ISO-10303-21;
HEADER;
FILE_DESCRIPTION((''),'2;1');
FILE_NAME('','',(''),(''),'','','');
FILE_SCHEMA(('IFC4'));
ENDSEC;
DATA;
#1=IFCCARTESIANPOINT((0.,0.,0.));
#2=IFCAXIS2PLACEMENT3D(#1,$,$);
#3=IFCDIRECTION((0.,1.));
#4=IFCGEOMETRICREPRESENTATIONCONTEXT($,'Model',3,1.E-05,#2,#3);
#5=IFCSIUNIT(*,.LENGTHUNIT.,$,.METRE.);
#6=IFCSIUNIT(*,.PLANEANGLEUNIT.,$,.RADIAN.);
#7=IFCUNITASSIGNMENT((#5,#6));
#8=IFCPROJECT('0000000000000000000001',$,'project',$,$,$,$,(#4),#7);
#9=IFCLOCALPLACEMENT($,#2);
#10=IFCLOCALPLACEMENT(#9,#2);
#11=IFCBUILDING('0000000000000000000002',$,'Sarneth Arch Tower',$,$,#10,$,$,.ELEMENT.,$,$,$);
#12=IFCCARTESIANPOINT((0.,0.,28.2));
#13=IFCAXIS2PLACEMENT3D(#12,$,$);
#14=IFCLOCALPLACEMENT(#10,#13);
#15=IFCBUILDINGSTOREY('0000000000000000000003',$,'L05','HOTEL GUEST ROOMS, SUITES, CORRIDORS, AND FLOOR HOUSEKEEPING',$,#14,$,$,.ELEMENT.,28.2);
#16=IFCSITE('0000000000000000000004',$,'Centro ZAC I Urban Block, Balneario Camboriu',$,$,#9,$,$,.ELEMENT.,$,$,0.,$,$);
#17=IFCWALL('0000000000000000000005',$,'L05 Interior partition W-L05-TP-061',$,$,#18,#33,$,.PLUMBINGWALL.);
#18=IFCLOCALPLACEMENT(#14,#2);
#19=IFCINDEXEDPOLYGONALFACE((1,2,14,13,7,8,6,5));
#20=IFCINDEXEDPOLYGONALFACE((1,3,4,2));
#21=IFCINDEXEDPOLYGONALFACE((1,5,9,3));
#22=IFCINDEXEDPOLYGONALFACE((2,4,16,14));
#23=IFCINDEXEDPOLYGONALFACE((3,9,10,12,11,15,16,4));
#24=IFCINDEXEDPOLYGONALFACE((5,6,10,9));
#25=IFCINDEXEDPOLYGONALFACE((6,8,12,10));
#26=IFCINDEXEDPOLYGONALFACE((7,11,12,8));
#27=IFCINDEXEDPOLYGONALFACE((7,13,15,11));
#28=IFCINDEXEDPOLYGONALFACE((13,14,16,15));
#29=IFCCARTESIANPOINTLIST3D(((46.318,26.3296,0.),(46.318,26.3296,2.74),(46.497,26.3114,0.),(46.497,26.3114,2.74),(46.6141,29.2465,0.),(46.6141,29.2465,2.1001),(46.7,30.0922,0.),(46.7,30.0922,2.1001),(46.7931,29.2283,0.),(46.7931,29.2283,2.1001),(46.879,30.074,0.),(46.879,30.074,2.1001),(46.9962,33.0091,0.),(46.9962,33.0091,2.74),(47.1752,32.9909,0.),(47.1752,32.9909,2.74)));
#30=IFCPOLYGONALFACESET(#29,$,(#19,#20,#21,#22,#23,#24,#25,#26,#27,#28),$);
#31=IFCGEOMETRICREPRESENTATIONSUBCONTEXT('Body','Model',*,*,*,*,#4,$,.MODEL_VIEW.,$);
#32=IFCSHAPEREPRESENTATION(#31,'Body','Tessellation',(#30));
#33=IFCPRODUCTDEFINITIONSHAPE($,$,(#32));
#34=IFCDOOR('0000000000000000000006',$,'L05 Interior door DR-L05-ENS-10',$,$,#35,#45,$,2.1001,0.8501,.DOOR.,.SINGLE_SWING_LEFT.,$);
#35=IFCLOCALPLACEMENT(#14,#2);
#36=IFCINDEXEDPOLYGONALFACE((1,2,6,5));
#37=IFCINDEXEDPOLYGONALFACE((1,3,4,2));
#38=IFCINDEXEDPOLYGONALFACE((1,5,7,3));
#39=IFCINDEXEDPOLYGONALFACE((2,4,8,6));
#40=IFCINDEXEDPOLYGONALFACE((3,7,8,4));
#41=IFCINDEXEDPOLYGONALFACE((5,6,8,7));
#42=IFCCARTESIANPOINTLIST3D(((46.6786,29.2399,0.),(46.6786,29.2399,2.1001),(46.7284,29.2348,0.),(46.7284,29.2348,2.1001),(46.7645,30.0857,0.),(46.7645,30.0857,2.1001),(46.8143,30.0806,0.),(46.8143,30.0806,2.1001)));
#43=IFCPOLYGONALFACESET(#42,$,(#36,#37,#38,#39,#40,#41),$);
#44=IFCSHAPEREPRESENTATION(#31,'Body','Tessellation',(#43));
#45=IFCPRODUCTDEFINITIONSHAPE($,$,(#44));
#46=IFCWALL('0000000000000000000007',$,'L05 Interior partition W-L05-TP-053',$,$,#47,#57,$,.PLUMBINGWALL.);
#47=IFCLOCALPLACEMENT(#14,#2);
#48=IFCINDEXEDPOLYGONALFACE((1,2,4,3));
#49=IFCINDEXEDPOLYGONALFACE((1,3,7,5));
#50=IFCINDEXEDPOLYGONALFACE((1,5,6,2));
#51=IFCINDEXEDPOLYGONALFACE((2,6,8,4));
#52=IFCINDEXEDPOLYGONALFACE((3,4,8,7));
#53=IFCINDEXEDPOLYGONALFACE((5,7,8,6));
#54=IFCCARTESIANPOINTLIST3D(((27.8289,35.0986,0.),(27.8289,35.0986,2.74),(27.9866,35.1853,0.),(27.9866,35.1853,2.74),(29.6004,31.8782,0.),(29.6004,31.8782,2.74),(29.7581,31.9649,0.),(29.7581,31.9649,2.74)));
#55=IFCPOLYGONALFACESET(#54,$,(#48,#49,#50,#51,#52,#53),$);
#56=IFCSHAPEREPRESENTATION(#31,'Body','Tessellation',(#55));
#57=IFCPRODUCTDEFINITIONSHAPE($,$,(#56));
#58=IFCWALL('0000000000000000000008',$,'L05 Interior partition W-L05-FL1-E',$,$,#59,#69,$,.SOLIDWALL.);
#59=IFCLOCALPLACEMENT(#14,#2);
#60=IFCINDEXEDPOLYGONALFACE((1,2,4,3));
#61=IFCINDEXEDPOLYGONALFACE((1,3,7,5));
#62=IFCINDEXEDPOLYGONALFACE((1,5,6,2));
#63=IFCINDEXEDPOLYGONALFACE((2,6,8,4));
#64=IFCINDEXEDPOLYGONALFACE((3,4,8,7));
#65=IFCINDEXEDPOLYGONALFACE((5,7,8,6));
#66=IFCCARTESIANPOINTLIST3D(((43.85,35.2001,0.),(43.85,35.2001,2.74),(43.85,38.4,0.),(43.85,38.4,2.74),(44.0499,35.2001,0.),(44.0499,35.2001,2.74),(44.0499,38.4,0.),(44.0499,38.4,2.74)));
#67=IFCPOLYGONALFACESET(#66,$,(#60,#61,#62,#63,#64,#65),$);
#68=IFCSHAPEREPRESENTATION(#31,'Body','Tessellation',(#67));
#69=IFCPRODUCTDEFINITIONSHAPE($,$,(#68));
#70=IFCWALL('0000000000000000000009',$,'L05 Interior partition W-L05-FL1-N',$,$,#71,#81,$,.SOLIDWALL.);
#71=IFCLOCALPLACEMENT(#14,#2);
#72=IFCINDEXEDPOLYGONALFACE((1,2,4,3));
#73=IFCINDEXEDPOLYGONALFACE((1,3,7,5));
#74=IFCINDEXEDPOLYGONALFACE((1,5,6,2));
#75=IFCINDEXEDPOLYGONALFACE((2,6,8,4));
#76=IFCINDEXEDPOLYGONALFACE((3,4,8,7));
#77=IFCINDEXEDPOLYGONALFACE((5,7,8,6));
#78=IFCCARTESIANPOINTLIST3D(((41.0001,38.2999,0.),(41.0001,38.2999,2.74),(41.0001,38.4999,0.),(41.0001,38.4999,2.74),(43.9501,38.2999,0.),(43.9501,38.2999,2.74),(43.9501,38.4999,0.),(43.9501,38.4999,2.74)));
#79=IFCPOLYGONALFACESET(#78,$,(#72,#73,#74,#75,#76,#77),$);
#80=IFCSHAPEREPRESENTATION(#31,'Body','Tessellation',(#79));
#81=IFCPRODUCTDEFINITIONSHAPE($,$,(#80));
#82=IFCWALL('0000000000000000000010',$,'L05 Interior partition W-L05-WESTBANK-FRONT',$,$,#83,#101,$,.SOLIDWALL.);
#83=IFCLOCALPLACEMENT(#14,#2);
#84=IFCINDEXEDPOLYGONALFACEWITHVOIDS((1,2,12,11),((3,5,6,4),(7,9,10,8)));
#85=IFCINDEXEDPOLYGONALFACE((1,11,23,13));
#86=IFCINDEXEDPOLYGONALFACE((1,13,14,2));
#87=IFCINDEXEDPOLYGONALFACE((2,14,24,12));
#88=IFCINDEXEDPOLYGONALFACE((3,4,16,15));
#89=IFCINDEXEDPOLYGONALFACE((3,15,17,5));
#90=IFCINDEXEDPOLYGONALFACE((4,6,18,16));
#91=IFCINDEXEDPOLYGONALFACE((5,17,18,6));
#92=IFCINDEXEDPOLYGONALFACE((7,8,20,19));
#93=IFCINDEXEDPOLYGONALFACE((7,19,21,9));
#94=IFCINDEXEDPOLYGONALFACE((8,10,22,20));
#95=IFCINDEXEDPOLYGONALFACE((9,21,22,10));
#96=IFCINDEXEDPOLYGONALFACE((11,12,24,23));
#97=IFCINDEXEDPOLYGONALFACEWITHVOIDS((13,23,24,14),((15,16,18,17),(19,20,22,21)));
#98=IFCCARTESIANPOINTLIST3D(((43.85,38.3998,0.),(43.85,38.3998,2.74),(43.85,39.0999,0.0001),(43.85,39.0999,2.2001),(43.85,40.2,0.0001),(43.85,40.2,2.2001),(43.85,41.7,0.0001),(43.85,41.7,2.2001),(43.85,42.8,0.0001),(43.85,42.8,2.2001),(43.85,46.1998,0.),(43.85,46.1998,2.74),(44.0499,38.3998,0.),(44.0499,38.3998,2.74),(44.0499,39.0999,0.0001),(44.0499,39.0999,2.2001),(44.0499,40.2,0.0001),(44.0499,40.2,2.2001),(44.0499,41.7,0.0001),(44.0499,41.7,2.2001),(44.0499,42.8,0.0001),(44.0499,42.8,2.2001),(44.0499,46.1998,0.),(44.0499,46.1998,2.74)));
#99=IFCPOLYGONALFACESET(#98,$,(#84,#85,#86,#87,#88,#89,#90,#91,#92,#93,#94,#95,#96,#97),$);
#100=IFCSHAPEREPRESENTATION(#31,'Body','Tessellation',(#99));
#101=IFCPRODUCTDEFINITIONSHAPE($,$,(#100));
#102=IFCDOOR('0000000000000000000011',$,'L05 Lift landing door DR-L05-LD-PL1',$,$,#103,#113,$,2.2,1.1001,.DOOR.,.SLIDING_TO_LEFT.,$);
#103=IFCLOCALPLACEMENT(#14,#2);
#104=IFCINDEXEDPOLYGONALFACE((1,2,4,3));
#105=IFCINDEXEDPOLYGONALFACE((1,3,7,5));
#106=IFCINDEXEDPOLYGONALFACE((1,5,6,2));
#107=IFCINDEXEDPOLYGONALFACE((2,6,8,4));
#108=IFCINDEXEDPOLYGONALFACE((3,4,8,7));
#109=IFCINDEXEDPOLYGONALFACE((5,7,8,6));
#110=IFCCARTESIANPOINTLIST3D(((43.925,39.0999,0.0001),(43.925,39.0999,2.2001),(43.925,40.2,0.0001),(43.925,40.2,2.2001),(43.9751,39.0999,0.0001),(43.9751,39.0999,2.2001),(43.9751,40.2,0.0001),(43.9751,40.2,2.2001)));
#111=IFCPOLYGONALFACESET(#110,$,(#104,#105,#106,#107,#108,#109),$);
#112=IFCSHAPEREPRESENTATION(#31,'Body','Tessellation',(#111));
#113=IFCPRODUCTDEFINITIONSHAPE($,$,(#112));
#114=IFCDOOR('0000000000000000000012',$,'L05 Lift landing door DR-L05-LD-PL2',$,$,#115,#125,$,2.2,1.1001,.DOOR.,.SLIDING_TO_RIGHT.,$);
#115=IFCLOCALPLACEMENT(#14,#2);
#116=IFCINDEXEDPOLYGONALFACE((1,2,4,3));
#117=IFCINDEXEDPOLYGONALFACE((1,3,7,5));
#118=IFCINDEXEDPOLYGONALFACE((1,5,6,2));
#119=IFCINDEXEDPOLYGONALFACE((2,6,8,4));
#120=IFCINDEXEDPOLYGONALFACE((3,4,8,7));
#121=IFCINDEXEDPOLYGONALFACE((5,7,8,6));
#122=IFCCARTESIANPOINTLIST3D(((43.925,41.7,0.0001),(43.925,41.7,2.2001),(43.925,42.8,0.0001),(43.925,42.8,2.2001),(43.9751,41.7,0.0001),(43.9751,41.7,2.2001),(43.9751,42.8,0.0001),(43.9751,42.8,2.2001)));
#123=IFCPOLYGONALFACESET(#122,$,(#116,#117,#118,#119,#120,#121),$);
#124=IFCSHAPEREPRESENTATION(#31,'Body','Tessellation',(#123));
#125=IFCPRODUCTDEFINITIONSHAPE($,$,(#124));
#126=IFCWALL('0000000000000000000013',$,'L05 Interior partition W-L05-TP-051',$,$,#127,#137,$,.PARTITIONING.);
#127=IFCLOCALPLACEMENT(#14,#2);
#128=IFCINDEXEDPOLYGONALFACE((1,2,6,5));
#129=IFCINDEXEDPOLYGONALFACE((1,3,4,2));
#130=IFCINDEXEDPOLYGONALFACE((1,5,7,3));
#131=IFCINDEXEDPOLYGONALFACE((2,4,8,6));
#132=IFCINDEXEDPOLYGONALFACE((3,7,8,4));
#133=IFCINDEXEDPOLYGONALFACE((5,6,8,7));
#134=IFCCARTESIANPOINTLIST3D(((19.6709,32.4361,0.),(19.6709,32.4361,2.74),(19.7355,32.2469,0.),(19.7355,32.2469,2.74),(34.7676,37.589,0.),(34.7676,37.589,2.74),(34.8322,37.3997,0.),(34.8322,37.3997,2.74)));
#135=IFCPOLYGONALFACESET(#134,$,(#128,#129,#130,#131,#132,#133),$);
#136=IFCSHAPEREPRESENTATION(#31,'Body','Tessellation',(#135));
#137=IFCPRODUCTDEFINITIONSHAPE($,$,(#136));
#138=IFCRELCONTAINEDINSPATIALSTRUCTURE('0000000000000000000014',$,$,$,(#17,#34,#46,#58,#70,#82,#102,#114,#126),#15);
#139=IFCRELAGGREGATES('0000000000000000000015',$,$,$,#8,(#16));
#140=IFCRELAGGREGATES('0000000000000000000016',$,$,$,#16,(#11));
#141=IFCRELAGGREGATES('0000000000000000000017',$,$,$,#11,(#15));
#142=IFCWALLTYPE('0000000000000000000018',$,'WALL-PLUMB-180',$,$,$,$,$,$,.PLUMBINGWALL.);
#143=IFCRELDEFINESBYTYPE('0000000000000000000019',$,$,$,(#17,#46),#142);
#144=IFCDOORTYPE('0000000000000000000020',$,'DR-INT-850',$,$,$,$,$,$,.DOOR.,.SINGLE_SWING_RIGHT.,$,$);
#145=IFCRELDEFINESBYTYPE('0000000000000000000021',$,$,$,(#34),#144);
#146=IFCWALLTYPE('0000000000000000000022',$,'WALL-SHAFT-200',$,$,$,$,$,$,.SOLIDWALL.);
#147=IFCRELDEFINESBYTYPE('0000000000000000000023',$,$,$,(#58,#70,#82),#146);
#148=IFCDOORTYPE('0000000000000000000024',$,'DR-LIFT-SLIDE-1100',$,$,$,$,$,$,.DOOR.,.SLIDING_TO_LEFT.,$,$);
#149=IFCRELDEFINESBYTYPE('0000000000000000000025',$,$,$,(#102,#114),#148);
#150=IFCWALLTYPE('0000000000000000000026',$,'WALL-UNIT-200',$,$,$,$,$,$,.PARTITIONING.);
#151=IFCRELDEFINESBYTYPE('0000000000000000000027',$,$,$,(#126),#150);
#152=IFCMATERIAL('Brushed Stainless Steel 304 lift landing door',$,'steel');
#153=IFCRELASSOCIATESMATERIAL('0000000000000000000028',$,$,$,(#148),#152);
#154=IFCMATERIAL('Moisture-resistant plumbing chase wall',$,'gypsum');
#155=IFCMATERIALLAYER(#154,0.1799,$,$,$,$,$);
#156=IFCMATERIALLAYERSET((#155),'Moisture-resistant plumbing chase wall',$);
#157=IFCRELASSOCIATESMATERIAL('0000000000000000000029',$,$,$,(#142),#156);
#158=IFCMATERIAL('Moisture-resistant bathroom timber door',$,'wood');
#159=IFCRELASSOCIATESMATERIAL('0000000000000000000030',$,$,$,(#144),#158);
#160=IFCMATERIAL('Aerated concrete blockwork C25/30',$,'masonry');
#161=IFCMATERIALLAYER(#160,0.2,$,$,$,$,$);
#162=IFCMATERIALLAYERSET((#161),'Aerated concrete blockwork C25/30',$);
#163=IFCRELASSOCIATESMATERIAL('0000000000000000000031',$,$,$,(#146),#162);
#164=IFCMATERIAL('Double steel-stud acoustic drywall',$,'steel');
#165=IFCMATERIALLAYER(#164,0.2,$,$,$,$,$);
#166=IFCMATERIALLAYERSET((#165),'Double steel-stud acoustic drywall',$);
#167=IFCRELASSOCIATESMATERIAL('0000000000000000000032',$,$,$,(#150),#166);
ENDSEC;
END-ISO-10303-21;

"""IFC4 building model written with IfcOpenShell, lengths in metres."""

from ifc_helpers import new_model, si_unit, direction, frame, frame_2d, origin, place, context, subcontext, project, spatial, rectangle, extrude, material, layer, layer_set, type_object, element, fill, save


model = new_model("IFC4")

# Units and contexts
model_context = context("Model", 3, precision=1e-05, world=origin(), true_north=direction((0.0, 1.0)))
body_context = subcontext(model_context, "Body", "Model", "MODEL_VIEW")
ifc_project = project(units=[si_unit("LENGTHUNIT", "METRE"), si_unit("PLANEANGLEUNIT", "RADIAN")], contexts=[model_context])

# Site, building, storey
site_placement = place(None, origin())
site = spatial("IfcSite", under=ifc_project, at=site_placement, Name="Centro ZAC I Urban Block, Balneario Camboriu", CompositionType="ELEMENT", RefElevation=0.0)
building_placement = place(site_placement, origin())
building = spatial("IfcBuilding", under=site, at=building_placement, Name="Sarneth Arch Tower", CompositionType="ELEMENT")
storey_placement = place(building_placement, frame((0.0, 0.0, 28.2)))
storey = spatial("IfcBuildingStorey", under=building, at=storey_placement, Name="L05", Description="HOTEL GUEST ROOMS, SUITES, CORRIDORS, AND FLOOR HOUSEKEEPING", CompositionType="ELEMENT", Elevation=28.2)

# Shared definitions
ifc_material_1 = material(Name="Brushed Stainless Steel 304 lift landing door", Category="steel")
door_type_1 = type_object("IfcDoorType", Name="DR-LIFT-SLIDE-1100", OperationType="SLIDING_TO_LEFT", PredefinedType="DOOR", material=ifc_material_1)

# Wall, opening, door
ifc_material_2 = material(Name="Moisture-resistant plumbing chase wall", Category="gypsum")
ifc_layer_1 = layer(ifc_material_2, 0.1799)
ifc_layer_set_1 = layer_set([ifc_layer_1], Name="Moisture-resistant plumbing chase wall")
wall_type_1 = type_object("IfcWallType", Name="WALL-PLUMB-180", PredefinedType="PLUMBINGWALL", material=ifc_layer_set_1)
wall_1_placement = place(storey_placement, frame((47.0857, 33.0, 0.0), z_axis=(0.0, 0.0, 1.0), x_axis=(-0.101019, -0.994884, 0.0)))
wall_1 = element("IfcWall", 1, at=wall_1_placement, inside=storey, type_object=wall_type_1, Name="L05 Interior partition W-L05-TP-061", PredefinedType="PLUMBINGWALL", context=body_context, shape_type="SweptSolid", body=[
    extrude(rectangle(XDim=6.7139, YDim=0.1799, at=frame_2d((3.3569, 0.0))), origin(), (0.0, 0.0, 1.0), 2.74),
])
opening_1_placement = place(wall_1_placement, frame((2.9319, 0.0, 0.0)))
opening_1 = element("IfcOpeningElement", 2, at=opening_1_placement, cuts=wall_1, PredefinedType="OPENING", context=body_context, shape_type="SweptSolid", body=[
    extrude(rectangle(XDim=0.8501, YDim=2.1001, at=frame_2d((0.425, 1.05))), frame((0.0, 0.0999, 0.0), z_axis=(0.0, -1.0, 0.0), x_axis=(1.0, 0.0, 0.0)), (0.0, 0.0, 1.0), 0.2),
])
ifc_material_3 = material(Name="Moisture-resistant bathroom timber door", Category="wood")
door_type_2 = type_object("IfcDoorType", Name="DR-INT-850", OperationType="SINGLE_SWING_RIGHT", PredefinedType="DOOR", material=ifc_material_3)
door_1_placement = place(opening_1_placement, origin())
door_1 = element("IfcDoor", 3, at=door_1_placement, inside=storey, type_object=door_type_2, Name="L05 Interior door DR-L05-ENS-10", OperationType="SINGLE_SWING_LEFT", OverallHeight=2.1001, OverallWidth=0.8501, PredefinedType="DOOR", context=body_context, shape_type="SweptSolid", body=[
    extrude(rectangle(XDim=0.8501, YDim=2.1001, at=frame_2d((0.425, 1.05))), frame((0.0, 0.0249, 0.0), z_axis=(0.0, -1.0, 0.0), x_axis=(1.0, 0.0, 0.0)), (0.0, 0.0, 1.0), 0.05),
])
fill(opening_1, door_1)

# Wall
wall_2_placement = place(storey_placement, frame((27.9077, 35.1421, 0.0), z_axis=(0.0, 0.0, 1.0), x_axis=(0.481967, -0.876189, 0.0)))
element("IfcWall", 4, at=wall_2_placement, inside=storey, type_object=wall_type_1, Name="L05 Interior partition W-L05-TP-053", PredefinedType="PLUMBINGWALL", context=body_context, shape_type="SweptSolid", body=[
    extrude(rectangle(XDim=3.6755, YDim=0.1799, at=frame_2d((1.8379, 0.0))), origin(), (0.0, 0.0, 1.0), 2.74),
])

# Shared definitions
ifc_material_4 = material(Name="Aerated concrete blockwork C25/30", Category="masonry")
ifc_layer_2 = layer(ifc_material_4, 0.2)
ifc_layer_set_2 = layer_set([ifc_layer_2], Name="Aerated concrete blockwork C25/30")
wall_type_2 = type_object("IfcWallType", Name="WALL-SHAFT-200", PredefinedType="SOLIDWALL", material=ifc_layer_set_2)

# Walls
wall_3_placement = place(storey_placement, frame((43.95, 35.2, 0.0), z_axis=(0.0, 0.0, 1.0), x_axis=(0.0, 1.0, 0.0)))
element("IfcWall", 5, at=wall_3_placement, inside=storey, type_object=wall_type_2, Name="L05 Interior partition W-L05-FL1-E", PredefinedType="SOLIDWALL", context=body_context, shape_type="SweptSolid", body=[
    extrude(rectangle(XDim=3.2, YDim=0.2, at=frame_2d((1.6001, 0.0))), origin(), (0.0, 0.0, 1.0), 2.74),
])
wall_4_placement = place(storey_placement, frame((41.0, 38.3999, 0.0), z_axis=(0.0, 0.0, 1.0), x_axis=(1.0, 0.0, 0.0)))
element("IfcWall", 6, at=wall_4_placement, inside=storey, type_object=wall_type_2, Name="L05 Interior partition W-L05-FL1-N", PredefinedType="SOLIDWALL", context=body_context, shape_type="SweptSolid", body=[
    extrude(rectangle(XDim=2.95, YDim=0.2, at=frame_2d((1.4751, 0.0))), origin(), (0.0, 0.0, 1.0), 2.74),
])

# Wall, openings, doors
wall_5_placement = place(storey_placement, frame((43.95, 38.3999, 0.0), z_axis=(0.0, 0.0, 1.0), x_axis=(0.0, 1.0, 0.0)))
wall_5 = element("IfcWall", 7, at=wall_5_placement, inside=storey, type_object=wall_type_2, Name="L05 Interior partition W-L05-WESTBANK-FRONT", PredefinedType="SOLIDWALL", context=body_context, shape_type="SweptSolid", body=[
    extrude(rectangle(XDim=7.8, YDim=0.2, at=frame_2d((3.8999, 0.0))), origin(), (0.0, 0.0, 1.0), 2.74),
])
opening_2_placement = place(wall_5_placement, frame((0.7, 0.0, 0.0)))
opening_2 = element("IfcOpeningElement", 8, at=opening_2_placement, cuts=wall_5, PredefinedType="OPENING", context=body_context, shape_type="SweptSolid", body=[
    extrude(rectangle(XDim=1.1001, YDim=2.2, at=frame_2d((0.55, 1.1001))), frame((0.0, 0.1099, 0.0), z_axis=(0.0, -1.0, 0.0), x_axis=(1.0, 0.0, 0.0)), (0.0, 0.0, 1.0), 0.22),
])
opening_3_placement = place(wall_5_placement, frame((3.3, 0.0, 0.0)))
opening_3 = element("IfcOpeningElement", 9, at=opening_3_placement, cuts=wall_5, PredefinedType="OPENING", context=body_context, shape_type="SweptSolid", body=[
    extrude(rectangle(XDim=1.1001, YDim=2.2, at=frame_2d((0.55, 1.1001))), frame((0.0, 0.1099, 0.0), z_axis=(0.0, -1.0, 0.0), x_axis=(1.0, 0.0, 0.0)), (0.0, 0.0, 1.0), 0.22),
])
door_2_placement = place(opening_2_placement, origin())
door_2 = element("IfcDoor", 10, at=door_2_placement, inside=storey, type_object=door_type_1, Name="L05 Lift landing door DR-L05-LD-PL1", OperationType="SLIDING_TO_LEFT", OverallHeight=2.2, OverallWidth=1.1001, PredefinedType="DOOR", context=body_context, shape_type="SweptSolid", body=[
    extrude(rectangle(XDim=1.1001, YDim=2.2, at=frame_2d((0.55, 1.1001))), frame((0.0, 0.0249, 0.0), z_axis=(0.0, -1.0, 0.0), x_axis=(1.0, 0.0, 0.0)), (0.0, 0.0, 1.0), 0.05),
])
fill(opening_2, door_2)
door_3_placement = place(opening_3_placement, origin())
door_3 = element("IfcDoor", 11, at=door_3_placement, inside=storey, type_object=door_type_1, Name="L05 Lift landing door DR-L05-LD-PL2", OperationType="SLIDING_TO_RIGHT", OverallHeight=2.2, OverallWidth=1.1001, PredefinedType="DOOR", context=body_context, shape_type="SweptSolid", body=[
    extrude(rectangle(XDim=1.1001, YDim=2.2, at=frame_2d((0.55, 1.1001))), frame((0.0, 0.0249, 0.0), z_axis=(0.0, -1.0, 0.0), x_axis=(1.0, 0.0, 0.0)), (0.0, 0.0, 1.0), 0.05),
])
fill(opening_3, door_3)

# Wall
ifc_material_5 = material(Name="Double steel-stud acoustic drywall", Category="steel")
ifc_layer_3 = layer(ifc_material_5, 0.2)
ifc_layer_set_3 = layer_set([ifc_layer_3], Name="Double steel-stud acoustic drywall")
wall_type_3 = type_object("IfcWallType", Name="WALL-UNIT-200", PredefinedType="PARTITIONING", material=ifc_layer_set_3)
wall_6_placement = place(storey_placement, frame((34.8, 37.4944, 0.0), z_axis=(0.0, 0.0, 1.0), x_axis=(-0.946391, -0.323024, 0.0)))
element("IfcWall", 12, at=wall_6_placement, inside=storey, type_object=wall_type_3, Name="L05 Interior partition W-L05-TP-051", PredefinedType="PARTITIONING", context=body_context, shape_type="SweptSolid", body=[
    extrude(rectangle(XDim=15.9519, YDim=0.2, at=frame_2d((7.9761, 0.0))), origin(), (0.0, 0.0, 1.0), 2.74),
])

save(model, "model.ifc")
